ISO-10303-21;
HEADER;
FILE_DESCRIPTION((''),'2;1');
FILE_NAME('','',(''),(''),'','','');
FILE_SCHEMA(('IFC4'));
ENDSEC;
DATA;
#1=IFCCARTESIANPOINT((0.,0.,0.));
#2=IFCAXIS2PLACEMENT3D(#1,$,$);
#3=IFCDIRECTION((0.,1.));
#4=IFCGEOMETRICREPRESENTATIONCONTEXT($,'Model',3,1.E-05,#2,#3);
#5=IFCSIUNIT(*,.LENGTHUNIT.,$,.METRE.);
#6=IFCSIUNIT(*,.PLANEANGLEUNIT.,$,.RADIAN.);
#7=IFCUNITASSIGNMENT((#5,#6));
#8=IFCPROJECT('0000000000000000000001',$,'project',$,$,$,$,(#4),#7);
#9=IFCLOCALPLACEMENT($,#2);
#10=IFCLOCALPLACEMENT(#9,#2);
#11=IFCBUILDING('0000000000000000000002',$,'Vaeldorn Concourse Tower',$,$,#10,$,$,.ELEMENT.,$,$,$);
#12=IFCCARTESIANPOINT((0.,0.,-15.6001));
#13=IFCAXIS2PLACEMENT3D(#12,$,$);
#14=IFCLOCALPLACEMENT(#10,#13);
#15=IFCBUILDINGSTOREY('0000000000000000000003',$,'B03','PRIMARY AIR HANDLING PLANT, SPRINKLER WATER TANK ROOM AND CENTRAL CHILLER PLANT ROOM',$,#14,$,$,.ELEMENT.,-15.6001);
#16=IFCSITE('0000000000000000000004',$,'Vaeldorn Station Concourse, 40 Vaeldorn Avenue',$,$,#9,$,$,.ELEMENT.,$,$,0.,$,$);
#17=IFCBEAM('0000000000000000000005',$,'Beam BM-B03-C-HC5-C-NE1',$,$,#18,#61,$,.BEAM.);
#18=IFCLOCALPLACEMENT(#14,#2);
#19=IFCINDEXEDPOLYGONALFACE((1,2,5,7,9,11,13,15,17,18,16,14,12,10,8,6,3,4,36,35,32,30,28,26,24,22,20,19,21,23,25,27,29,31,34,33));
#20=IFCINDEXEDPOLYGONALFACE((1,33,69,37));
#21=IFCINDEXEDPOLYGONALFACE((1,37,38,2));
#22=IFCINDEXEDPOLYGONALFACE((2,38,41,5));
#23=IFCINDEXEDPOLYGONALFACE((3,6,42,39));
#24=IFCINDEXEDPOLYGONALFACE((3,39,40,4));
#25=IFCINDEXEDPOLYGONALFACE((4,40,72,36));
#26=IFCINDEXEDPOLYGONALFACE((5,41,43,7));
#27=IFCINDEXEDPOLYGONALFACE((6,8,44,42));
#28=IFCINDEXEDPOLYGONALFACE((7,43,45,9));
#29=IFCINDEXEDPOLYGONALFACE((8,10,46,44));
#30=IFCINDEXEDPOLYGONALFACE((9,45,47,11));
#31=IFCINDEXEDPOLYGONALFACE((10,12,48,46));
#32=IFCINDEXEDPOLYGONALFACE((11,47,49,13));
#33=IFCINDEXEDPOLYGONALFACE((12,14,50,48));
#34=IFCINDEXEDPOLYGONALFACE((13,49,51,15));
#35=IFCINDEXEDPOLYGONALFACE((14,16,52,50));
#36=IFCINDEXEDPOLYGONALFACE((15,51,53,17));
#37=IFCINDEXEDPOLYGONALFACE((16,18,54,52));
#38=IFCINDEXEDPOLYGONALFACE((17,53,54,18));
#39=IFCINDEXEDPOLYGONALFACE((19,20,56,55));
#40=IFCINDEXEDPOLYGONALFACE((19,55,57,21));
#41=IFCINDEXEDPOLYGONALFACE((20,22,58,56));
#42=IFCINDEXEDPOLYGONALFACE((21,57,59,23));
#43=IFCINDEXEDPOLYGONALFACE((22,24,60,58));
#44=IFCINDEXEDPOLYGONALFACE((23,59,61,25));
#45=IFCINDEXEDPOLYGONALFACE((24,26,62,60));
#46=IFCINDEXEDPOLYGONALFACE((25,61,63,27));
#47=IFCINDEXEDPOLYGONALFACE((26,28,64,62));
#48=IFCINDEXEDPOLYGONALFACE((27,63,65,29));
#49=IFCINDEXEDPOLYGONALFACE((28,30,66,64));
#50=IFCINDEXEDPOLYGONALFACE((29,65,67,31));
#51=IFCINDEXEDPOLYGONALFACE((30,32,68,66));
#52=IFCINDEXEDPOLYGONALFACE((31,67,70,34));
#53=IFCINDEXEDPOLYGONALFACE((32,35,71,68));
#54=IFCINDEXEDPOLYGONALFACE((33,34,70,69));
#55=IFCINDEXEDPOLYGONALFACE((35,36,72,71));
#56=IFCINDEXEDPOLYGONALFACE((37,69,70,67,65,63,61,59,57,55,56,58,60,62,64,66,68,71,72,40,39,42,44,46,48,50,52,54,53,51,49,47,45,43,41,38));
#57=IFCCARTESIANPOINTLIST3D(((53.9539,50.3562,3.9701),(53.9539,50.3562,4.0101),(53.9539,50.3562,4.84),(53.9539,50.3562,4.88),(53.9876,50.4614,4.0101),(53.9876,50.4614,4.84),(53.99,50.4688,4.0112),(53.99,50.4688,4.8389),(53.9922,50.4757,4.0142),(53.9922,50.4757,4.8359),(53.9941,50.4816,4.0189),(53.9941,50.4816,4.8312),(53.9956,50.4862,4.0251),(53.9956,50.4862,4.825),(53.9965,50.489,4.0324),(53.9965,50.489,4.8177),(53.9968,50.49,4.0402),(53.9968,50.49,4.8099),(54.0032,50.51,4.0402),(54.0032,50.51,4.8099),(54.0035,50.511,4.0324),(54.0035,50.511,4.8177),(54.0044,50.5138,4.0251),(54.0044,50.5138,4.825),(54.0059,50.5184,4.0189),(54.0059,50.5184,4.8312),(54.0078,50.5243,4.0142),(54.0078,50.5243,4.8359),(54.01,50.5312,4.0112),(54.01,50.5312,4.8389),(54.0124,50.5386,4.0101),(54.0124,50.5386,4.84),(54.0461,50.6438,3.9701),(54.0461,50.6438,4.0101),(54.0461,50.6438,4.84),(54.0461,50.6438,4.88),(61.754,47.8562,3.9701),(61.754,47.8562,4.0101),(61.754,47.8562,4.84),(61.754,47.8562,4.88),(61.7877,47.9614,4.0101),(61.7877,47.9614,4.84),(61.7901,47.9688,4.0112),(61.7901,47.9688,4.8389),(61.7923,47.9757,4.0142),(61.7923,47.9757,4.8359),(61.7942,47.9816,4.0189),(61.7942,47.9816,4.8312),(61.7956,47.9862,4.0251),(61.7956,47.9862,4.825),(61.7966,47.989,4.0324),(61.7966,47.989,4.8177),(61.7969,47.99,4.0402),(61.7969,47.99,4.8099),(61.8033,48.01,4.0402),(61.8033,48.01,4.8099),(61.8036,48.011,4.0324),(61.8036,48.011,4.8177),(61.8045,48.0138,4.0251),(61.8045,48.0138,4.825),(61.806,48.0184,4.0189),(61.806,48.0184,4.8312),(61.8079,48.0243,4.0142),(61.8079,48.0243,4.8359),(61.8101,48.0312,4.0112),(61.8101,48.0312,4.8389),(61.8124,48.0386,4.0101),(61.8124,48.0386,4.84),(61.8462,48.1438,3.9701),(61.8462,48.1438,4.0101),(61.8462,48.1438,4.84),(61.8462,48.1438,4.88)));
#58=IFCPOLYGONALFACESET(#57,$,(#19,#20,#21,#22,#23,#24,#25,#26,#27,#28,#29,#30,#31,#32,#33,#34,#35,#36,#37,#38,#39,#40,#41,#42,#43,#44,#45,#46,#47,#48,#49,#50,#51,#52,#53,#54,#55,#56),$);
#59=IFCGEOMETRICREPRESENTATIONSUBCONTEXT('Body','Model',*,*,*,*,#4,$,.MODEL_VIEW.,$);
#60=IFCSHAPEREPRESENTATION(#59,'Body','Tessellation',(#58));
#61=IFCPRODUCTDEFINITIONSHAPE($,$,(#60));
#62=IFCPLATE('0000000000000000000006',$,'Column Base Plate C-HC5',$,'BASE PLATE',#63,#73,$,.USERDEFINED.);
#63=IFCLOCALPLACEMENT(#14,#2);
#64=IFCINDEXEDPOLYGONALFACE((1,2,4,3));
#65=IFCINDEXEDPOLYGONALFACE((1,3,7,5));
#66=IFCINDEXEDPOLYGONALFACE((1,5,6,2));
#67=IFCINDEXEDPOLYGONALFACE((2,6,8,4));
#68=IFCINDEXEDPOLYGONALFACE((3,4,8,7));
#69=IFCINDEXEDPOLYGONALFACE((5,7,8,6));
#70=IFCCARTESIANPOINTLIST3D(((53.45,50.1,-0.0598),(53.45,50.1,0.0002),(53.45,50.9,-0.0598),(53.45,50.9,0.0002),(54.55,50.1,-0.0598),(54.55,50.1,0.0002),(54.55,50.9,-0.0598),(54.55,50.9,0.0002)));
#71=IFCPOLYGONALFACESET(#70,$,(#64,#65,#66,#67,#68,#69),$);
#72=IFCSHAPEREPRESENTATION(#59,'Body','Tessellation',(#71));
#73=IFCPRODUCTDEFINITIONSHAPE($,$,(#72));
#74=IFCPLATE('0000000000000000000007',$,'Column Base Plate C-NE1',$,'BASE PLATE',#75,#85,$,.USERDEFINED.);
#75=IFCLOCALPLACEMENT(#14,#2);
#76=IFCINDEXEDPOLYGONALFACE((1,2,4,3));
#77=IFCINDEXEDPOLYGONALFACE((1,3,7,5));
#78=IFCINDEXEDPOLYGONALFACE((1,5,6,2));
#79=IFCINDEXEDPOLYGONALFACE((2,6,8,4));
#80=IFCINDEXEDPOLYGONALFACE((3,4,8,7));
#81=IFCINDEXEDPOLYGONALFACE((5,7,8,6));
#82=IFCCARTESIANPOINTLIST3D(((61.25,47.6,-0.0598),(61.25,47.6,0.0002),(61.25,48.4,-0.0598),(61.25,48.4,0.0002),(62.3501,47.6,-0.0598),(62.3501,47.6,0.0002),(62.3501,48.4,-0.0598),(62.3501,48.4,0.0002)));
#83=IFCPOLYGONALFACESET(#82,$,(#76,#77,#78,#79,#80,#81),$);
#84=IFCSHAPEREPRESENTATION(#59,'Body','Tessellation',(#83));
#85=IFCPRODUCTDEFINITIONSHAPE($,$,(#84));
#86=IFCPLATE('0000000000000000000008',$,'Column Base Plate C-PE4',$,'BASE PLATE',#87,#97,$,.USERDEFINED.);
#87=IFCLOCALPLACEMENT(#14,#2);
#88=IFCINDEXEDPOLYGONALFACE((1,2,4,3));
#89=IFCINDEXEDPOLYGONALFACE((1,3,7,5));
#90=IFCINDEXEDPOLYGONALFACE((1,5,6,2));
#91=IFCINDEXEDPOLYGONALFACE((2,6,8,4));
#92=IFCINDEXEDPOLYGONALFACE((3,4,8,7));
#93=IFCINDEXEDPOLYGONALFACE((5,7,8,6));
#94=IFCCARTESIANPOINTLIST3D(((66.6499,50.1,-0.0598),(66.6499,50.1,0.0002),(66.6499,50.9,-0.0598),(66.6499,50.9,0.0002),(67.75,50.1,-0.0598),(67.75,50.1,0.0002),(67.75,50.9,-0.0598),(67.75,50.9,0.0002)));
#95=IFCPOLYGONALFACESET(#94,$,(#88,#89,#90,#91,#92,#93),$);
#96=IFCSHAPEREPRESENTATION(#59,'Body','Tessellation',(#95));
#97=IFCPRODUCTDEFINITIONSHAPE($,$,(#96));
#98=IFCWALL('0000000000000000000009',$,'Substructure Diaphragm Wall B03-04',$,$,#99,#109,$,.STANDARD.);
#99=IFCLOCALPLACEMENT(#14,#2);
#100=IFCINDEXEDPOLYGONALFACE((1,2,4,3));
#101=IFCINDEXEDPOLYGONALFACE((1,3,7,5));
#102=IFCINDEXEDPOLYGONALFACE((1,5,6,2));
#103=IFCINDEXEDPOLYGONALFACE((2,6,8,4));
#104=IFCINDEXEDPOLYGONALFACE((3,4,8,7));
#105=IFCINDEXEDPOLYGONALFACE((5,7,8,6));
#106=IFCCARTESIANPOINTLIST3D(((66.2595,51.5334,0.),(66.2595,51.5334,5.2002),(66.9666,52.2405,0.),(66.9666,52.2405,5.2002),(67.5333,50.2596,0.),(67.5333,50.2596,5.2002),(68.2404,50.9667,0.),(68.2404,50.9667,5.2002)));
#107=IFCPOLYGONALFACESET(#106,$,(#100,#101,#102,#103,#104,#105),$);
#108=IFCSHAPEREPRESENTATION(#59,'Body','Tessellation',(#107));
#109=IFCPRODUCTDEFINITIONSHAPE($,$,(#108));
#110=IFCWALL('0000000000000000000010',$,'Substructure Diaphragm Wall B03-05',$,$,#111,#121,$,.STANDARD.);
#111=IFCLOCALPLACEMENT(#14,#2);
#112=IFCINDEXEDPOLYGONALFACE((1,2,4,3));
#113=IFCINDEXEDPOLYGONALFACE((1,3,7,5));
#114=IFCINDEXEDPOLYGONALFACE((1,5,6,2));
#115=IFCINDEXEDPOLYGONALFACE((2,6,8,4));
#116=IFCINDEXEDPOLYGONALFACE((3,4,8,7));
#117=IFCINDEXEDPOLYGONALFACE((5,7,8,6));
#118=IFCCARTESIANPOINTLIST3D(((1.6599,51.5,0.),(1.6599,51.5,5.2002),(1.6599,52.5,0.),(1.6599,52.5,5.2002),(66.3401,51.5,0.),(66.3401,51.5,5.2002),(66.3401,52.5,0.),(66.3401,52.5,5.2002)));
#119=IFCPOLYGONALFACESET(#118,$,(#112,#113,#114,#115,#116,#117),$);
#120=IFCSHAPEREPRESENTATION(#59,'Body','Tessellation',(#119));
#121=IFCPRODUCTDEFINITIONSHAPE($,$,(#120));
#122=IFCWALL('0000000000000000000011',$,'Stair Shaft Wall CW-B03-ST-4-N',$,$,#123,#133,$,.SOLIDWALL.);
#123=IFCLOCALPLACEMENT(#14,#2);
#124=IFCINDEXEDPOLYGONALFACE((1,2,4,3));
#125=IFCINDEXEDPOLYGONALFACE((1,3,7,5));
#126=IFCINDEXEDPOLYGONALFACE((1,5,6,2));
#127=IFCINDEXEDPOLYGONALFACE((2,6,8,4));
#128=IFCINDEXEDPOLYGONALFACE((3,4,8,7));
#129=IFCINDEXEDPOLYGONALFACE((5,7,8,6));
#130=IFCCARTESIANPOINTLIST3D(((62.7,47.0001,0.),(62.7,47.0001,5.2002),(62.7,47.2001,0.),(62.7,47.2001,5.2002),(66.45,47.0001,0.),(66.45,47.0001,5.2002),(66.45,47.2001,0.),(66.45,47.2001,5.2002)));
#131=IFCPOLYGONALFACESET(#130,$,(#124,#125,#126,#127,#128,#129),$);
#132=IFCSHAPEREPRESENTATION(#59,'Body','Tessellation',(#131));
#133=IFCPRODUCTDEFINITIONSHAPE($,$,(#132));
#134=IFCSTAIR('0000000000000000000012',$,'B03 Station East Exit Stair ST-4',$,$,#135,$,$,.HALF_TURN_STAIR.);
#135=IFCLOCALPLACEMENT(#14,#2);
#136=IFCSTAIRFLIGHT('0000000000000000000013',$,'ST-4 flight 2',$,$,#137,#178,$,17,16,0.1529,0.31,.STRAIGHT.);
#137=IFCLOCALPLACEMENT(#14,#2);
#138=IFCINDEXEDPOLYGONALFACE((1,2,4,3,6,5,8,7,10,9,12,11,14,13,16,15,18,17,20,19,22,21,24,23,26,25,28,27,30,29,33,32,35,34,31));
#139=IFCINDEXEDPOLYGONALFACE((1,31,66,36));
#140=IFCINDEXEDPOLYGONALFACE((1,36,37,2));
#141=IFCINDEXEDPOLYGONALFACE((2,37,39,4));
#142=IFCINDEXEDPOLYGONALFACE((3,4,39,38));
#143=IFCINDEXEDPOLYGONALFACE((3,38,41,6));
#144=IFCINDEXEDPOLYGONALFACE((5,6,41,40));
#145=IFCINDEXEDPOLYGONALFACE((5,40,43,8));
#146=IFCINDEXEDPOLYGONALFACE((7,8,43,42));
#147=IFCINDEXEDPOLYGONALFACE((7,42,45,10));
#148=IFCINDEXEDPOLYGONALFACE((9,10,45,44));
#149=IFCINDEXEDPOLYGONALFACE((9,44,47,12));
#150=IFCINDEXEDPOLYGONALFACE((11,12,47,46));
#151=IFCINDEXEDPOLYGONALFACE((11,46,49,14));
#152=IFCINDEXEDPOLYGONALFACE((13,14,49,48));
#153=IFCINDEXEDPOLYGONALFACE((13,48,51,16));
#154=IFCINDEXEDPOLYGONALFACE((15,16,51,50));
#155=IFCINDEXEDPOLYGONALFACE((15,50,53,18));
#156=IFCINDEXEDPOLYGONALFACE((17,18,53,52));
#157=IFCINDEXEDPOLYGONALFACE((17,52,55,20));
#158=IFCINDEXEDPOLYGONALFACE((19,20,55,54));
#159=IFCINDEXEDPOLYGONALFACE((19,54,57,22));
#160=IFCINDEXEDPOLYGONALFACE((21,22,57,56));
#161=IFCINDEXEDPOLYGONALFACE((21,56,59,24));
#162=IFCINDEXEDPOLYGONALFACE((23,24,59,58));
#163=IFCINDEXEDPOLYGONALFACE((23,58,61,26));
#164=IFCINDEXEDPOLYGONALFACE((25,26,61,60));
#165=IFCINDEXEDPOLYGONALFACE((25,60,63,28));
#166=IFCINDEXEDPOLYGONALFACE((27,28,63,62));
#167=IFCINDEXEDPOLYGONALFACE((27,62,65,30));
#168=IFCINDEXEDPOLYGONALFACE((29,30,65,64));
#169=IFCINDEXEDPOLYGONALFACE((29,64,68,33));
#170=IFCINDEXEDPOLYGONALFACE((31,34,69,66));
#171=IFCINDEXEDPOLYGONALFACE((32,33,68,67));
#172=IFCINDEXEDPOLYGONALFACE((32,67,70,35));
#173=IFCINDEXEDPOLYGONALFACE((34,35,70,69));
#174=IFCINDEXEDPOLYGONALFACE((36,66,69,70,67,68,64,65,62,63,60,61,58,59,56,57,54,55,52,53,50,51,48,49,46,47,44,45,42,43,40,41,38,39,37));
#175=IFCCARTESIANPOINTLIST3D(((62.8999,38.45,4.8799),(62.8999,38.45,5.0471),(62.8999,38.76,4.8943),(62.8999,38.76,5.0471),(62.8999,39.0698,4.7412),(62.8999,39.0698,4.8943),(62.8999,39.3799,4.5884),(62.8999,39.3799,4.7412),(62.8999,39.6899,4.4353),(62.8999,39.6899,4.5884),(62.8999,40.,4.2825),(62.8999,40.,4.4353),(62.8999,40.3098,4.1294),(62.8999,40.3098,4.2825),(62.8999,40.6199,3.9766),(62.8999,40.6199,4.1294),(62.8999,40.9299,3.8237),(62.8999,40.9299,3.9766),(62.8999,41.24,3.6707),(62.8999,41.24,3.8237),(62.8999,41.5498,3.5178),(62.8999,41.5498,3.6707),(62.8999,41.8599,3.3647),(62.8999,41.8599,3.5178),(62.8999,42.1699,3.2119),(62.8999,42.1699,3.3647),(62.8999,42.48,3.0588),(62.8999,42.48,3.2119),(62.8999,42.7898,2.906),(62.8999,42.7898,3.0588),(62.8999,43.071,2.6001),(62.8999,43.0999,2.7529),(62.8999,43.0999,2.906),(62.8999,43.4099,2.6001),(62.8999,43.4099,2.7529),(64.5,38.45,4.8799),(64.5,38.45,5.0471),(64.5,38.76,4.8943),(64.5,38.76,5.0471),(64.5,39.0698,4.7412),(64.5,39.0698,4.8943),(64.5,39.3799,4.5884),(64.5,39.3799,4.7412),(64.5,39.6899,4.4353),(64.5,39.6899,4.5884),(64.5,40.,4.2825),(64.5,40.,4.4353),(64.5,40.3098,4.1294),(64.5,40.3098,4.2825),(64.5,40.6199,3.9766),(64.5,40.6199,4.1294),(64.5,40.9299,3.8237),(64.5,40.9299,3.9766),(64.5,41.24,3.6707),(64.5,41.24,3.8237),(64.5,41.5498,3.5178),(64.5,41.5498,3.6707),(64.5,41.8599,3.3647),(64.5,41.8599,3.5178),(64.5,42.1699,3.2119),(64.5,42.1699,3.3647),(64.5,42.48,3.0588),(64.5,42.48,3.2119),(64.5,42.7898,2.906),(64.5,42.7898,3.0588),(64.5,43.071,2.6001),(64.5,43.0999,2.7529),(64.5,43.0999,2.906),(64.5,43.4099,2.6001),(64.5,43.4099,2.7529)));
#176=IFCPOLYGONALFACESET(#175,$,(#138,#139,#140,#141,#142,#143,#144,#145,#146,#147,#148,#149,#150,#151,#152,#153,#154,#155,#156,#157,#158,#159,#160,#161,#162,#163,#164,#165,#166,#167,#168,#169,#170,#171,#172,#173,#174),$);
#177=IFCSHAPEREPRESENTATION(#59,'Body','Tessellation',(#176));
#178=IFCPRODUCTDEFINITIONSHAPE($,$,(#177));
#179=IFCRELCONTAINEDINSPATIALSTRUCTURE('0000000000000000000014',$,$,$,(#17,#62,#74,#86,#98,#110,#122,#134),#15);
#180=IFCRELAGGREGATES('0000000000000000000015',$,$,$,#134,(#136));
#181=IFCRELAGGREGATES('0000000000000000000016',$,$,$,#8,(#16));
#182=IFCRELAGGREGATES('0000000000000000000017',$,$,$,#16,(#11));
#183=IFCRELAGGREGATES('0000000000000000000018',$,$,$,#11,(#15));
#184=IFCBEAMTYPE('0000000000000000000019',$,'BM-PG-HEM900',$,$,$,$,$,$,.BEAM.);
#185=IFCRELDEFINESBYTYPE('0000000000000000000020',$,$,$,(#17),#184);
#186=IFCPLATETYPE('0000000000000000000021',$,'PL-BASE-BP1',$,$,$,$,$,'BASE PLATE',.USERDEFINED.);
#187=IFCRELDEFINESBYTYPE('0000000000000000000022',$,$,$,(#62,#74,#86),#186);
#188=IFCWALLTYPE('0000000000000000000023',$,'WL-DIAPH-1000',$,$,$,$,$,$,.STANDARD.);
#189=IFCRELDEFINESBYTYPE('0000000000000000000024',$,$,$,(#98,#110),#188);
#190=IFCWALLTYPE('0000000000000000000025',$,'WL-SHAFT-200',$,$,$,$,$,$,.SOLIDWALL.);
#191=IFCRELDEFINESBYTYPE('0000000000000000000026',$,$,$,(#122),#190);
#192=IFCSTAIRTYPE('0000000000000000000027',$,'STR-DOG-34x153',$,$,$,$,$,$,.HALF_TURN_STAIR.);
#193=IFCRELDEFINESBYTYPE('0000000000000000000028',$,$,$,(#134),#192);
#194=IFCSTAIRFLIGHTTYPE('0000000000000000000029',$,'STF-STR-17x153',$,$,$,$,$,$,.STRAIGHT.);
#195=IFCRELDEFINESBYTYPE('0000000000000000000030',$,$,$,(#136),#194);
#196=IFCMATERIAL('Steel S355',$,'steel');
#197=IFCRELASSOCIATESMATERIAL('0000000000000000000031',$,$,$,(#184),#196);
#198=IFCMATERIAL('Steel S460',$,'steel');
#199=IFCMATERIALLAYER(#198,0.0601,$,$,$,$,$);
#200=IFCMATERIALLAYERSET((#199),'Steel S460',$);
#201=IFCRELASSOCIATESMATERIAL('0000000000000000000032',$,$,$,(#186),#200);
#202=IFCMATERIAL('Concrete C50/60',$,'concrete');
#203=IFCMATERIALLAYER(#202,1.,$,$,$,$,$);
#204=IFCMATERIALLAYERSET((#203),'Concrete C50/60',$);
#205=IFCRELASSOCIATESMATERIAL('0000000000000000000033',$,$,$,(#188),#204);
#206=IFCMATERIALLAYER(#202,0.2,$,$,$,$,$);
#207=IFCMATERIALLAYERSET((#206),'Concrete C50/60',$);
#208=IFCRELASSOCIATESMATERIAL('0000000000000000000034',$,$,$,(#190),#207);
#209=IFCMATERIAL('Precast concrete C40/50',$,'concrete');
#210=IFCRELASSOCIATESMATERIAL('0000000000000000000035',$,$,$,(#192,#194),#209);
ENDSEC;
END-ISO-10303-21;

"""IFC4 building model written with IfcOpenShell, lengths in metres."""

from ifc_helpers import new_model, si_unit, direction, frame, frame_2d, origin, origin_2d, place, context, subcontext, project, spatial, polyline, rectangle, i_section, outline, extrude, source, transform, mapped, material, layer, layer_set, material_profile, profile_set, type_object, element, aggregate, save


model = new_model("IFC4")

# Units and contexts
model_context = context("Model", 3, precision=1e-05, world=origin(), true_north=direction((0.0, 1.0)))
body_context = subcontext(model_context, "Body", "Model", "MODEL_VIEW")
ifc_project = project(units=[si_unit("LENGTHUNIT", "METRE"), si_unit("PLANEANGLEUNIT", "RADIAN")], contexts=[model_context])

# Site, building, storey
site_placement = place(None, origin())
site = spatial("IfcSite", under=ifc_project, at=site_placement, Name="Vaeldorn Station Concourse, 40 Vaeldorn Avenue", CompositionType="ELEMENT", RefElevation=0.0)
building_placement = place(site_placement, origin())
building = spatial("IfcBuilding", under=site, at=building_placement, Name="Vaeldorn Concourse Tower", CompositionType="ELEMENT")
storey_placement = place(building_placement, frame((0.0, 0.0, -15.6001)))
storey = spatial("IfcBuildingStorey", under=building, at=storey_placement, Name="B03", Description="PRIMARY AIR HANDLING PLANT, SPRINKLER WATER TANK ROOM AND CENTRAL CHILLER PLANT ROOM", CompositionType="ELEMENT", Elevation=-15.6001)

# Shared definitions
ifc_material_1 = material(Name="Concrete C50/60", Category="concrete")

# Shared definitions
ifc_material_2 = material(Name="Steel S460", Category="steel")

# Beam
ifc_material_3 = material(Name="Steel S355", Category="steel")
ifc_material_profile_1 = material_profile(ifc_material_3, i_section(OverallWidth=0.302, OverallDepth=0.9099, WebThickness=0.021, FlangeThickness=0.04, FilletRadius=0.03, at=origin_2d()), Name="HEM 900")
ifc_profile_set_1 = profile_set([ifc_material_profile_1], Name="Steel S355")
beam_type = type_object("IfcBeamType", Name="BM-PG-HEM900", PredefinedType="BEAM", material=ifc_profile_set_1)
shared_shape_1 = source(origin(), body_context, "Body", "SweptSolid", [
    extrude(i_section(OverallWidth=0.302, OverallDepth=0.9099, WebThickness=0.021, FlangeThickness=0.04, FilletRadius=0.03, at=origin_2d()), origin(), (0.0, 0.0, 1.0), 8.1909),
])
beam_1_placement = place(storey_placement, frame((54.0, 50.5, 4.425), z_axis=(0.952283, -0.305217, 0.0), x_axis=(0.305217, 0.952283, 0.0)))
element("IfcBeam", 1, at=beam_1_placement, inside=storey, type_object=beam_type, Name="Beam BM-B03-C-HC5-C-NE1", PredefinedType="BEAM", context=body_context, shape_type="MappedRepresentation", body=[
    mapped(shared_shape_1, transform((0.0, 0.0, 0.0), scale=1.0)),
])

# Plates
ifc_layer_1 = layer(ifc_material_2, 0.0601)
ifc_layer_set_1 = layer_set([ifc_layer_1], Name="Steel S460")
plate_type = type_object("IfcPlateType", Name="PL-BASE-BP1", ElementType="BASE PLATE", PredefinedType="USERDEFINED", material=ifc_layer_set_1)
shared_shape_2 = source(origin(), body_context, "Body", "SweptSolid", [
    extrude(rectangle(XDim=1.1001, YDim=0.8, at=origin_2d()), origin(), (0.0, 0.0, 1.0), 0.0601),
])
for number, where, z_axis, x_axis, name in (
    (2, (54.0, 50.5, -0.0598), (0.0, 0.0, 1.0), (1.0, 0.0, 0.0), "Column Base Plate C-HC5"),
    (3, (61.8, 48.0, -0.0598), (0.0, 0.0, 1.0), (1.0, 0.0, 0.0), "Column Base Plate C-NE1"),
    (4, (67.2, 50.5, -0.0598), (0.0, 0.0, 1.0), (1.0, 0.0, 0.0), "Column Base Plate C-PE4"),
):
    element("IfcPlate", number, at=place(storey_placement, frame(where, z_axis=z_axis, x_axis=x_axis)), inside=storey, type_object=plate_type, Name=name, ObjectType="BASE PLATE", PredefinedType="USERDEFINED", context=body_context, shape_type="MappedRepresentation", body=[
        mapped(shared_shape_2, transform((0.0, 0.0, 0.0), scale=1.0)),
    ])

# Walls
ifc_layer_2 = layer(ifc_material_1, 1.0)
ifc_layer_set_2 = layer_set([ifc_layer_2], Name="Concrete C50/60")
wall_type_1 = type_object("IfcWallType", Name="WL-DIAPH-1000", PredefinedType="STANDARD", material=ifc_layer_set_2)
wall_1_placement = place(storey_placement, frame((67.887, 50.613, 0.0), z_axis=(0.0, 0.0, 1.0), x_axis=(-0.707107, 0.707107, 0.0)))
element("IfcWall", 5, at=wall_1_placement, inside=storey, type_object=wall_type_1, Name="Substructure Diaphragm Wall B03-04", PredefinedType="STANDARD", context=body_context, shape_type="SweptSolid", body=[
    extrude(rectangle(XDim=1.8015, YDim=1.0, at=frame_2d((0.9009, 0.0))), origin(), (0.0, 0.0, 1.0), 5.2002),
])
wall_2_placement = place(storey_placement, frame((66.3401, 52.0, 0.0), z_axis=(0.0, 0.0, 1.0), x_axis=(-1.0, 0.0, 0.0)))
element("IfcWall", 6, at=wall_2_placement, inside=storey, type_object=wall_type_1, Name="Substructure Diaphragm Wall B03-05", PredefinedType="STANDARD", context=body_context, shape_type="SweptSolid", body=[
    extrude(rectangle(XDim=64.6802, YDim=1.0, at=frame_2d((32.3401, 0.0))), origin(), (0.0, 0.0, 1.0), 5.2002),
])
ifc_layer_3 = layer(ifc_material_1, 0.2)
ifc_layer_set_3 = layer_set([ifc_layer_3], Name="Concrete C50/60")
wall_type_2 = type_object("IfcWallType", Name="WL-SHAFT-200", PredefinedType="SOLIDWALL", material=ifc_layer_set_3)
wall_3_placement = place(storey_placement, frame((62.7, 47.1001, 0.0), z_axis=(0.0, 0.0, 1.0), x_axis=(1.0, 0.0, 0.0)))
element("IfcWall", 7, at=wall_3_placement, inside=storey, type_object=wall_type_2, Name="Stair Shaft Wall CW-B03-ST-4-N", PredefinedType="SOLIDWALL", context=body_context, shape_type="SweptSolid", body=[
    extrude(rectangle(XDim=3.75, YDim=0.2, at=frame_2d((1.875, 0.0))), origin(), (0.0, 0.0, 1.0), 5.2002),
])

# Stair, stair flight
ifc_material_4 = material(Name="Precast concrete C40/50", Category="concrete")
stair_type = type_object("IfcStairType", Name="STR-DOG-34x153", PredefinedType="HALF_TURN_STAIR", material=ifc_material_4)
stair_placement = place(storey_placement, origin())
stair = element("IfcStair", 8, at=stair_placement, inside=storey, type_object=stair_type, Name="B03 Station East Exit Stair ST-4", PredefinedType="HALF_TURN_STAIR")
stair_flight_type = type_object("IfcStairFlightType", Name="STF-STR-17x153", PredefinedType="STRAIGHT", material=ifc_material_4)
stair_flight_placement = place(storey_placement, frame((63.7, 43.4099, 2.6001), z_axis=(0.0, 0.0, 1.0), x_axis=(0.0, -1.0, 0.0)))
stair_flight = element("IfcStairFlight", 9, at=stair_flight_placement, type_object=stair_flight_type, Name="ST-4 flight 2", NumberOfRisers=17, NumberOfTreads=16, PredefinedType="STRAIGHT", RiserHeight=0.1529, TreadLength=0.31, context=body_context, shape_type="SweptSolid", body=[
    extrude(outline(polyline([(0.0, 0.0), (0.0, 0.1528), (0.3101, 0.1528), (0.3101, 0.3059), (0.6201, 0.3059), (0.6201, 0.4587), (0.9299, 0.4587), (0.9299, 0.6118), (1.24, 0.6118), (1.24, 0.7646), (1.55, 0.7646), (1.55, 0.9177), (1.8601, 0.9177), (1.8601, 1.0706), (2.1699, 1.0706), (2.1699, 1.2236), (2.48, 1.2236), (2.48, 1.3765), (2.79, 1.3765), (2.79, 1.5293), (3.1001, 1.5293), (3.1001, 1.6824), (3.4099, 1.6824), (3.4099, 1.8352), (3.72, 1.8352), (3.72, 1.9883), (4.03, 1.9883), (4.03, 2.1411), (4.3401, 2.1411), (4.3401, 2.2942), (4.6499, 2.2942), (4.6499, 2.447), (4.96, 2.447), (4.96, 2.6001), (4.96, 2.2798), (0.3389, 0.0), (0.0, 0.0)])), frame((0.0, 0.8, 0.0), z_axis=(0.0, -1.0, 0.0), x_axis=(1.0, 0.0, 0.0)), (0.0, 0.0, 1.0), 1.6001),
])
aggregate(stair, [stair_flight])

save(model, "model.ifc")
